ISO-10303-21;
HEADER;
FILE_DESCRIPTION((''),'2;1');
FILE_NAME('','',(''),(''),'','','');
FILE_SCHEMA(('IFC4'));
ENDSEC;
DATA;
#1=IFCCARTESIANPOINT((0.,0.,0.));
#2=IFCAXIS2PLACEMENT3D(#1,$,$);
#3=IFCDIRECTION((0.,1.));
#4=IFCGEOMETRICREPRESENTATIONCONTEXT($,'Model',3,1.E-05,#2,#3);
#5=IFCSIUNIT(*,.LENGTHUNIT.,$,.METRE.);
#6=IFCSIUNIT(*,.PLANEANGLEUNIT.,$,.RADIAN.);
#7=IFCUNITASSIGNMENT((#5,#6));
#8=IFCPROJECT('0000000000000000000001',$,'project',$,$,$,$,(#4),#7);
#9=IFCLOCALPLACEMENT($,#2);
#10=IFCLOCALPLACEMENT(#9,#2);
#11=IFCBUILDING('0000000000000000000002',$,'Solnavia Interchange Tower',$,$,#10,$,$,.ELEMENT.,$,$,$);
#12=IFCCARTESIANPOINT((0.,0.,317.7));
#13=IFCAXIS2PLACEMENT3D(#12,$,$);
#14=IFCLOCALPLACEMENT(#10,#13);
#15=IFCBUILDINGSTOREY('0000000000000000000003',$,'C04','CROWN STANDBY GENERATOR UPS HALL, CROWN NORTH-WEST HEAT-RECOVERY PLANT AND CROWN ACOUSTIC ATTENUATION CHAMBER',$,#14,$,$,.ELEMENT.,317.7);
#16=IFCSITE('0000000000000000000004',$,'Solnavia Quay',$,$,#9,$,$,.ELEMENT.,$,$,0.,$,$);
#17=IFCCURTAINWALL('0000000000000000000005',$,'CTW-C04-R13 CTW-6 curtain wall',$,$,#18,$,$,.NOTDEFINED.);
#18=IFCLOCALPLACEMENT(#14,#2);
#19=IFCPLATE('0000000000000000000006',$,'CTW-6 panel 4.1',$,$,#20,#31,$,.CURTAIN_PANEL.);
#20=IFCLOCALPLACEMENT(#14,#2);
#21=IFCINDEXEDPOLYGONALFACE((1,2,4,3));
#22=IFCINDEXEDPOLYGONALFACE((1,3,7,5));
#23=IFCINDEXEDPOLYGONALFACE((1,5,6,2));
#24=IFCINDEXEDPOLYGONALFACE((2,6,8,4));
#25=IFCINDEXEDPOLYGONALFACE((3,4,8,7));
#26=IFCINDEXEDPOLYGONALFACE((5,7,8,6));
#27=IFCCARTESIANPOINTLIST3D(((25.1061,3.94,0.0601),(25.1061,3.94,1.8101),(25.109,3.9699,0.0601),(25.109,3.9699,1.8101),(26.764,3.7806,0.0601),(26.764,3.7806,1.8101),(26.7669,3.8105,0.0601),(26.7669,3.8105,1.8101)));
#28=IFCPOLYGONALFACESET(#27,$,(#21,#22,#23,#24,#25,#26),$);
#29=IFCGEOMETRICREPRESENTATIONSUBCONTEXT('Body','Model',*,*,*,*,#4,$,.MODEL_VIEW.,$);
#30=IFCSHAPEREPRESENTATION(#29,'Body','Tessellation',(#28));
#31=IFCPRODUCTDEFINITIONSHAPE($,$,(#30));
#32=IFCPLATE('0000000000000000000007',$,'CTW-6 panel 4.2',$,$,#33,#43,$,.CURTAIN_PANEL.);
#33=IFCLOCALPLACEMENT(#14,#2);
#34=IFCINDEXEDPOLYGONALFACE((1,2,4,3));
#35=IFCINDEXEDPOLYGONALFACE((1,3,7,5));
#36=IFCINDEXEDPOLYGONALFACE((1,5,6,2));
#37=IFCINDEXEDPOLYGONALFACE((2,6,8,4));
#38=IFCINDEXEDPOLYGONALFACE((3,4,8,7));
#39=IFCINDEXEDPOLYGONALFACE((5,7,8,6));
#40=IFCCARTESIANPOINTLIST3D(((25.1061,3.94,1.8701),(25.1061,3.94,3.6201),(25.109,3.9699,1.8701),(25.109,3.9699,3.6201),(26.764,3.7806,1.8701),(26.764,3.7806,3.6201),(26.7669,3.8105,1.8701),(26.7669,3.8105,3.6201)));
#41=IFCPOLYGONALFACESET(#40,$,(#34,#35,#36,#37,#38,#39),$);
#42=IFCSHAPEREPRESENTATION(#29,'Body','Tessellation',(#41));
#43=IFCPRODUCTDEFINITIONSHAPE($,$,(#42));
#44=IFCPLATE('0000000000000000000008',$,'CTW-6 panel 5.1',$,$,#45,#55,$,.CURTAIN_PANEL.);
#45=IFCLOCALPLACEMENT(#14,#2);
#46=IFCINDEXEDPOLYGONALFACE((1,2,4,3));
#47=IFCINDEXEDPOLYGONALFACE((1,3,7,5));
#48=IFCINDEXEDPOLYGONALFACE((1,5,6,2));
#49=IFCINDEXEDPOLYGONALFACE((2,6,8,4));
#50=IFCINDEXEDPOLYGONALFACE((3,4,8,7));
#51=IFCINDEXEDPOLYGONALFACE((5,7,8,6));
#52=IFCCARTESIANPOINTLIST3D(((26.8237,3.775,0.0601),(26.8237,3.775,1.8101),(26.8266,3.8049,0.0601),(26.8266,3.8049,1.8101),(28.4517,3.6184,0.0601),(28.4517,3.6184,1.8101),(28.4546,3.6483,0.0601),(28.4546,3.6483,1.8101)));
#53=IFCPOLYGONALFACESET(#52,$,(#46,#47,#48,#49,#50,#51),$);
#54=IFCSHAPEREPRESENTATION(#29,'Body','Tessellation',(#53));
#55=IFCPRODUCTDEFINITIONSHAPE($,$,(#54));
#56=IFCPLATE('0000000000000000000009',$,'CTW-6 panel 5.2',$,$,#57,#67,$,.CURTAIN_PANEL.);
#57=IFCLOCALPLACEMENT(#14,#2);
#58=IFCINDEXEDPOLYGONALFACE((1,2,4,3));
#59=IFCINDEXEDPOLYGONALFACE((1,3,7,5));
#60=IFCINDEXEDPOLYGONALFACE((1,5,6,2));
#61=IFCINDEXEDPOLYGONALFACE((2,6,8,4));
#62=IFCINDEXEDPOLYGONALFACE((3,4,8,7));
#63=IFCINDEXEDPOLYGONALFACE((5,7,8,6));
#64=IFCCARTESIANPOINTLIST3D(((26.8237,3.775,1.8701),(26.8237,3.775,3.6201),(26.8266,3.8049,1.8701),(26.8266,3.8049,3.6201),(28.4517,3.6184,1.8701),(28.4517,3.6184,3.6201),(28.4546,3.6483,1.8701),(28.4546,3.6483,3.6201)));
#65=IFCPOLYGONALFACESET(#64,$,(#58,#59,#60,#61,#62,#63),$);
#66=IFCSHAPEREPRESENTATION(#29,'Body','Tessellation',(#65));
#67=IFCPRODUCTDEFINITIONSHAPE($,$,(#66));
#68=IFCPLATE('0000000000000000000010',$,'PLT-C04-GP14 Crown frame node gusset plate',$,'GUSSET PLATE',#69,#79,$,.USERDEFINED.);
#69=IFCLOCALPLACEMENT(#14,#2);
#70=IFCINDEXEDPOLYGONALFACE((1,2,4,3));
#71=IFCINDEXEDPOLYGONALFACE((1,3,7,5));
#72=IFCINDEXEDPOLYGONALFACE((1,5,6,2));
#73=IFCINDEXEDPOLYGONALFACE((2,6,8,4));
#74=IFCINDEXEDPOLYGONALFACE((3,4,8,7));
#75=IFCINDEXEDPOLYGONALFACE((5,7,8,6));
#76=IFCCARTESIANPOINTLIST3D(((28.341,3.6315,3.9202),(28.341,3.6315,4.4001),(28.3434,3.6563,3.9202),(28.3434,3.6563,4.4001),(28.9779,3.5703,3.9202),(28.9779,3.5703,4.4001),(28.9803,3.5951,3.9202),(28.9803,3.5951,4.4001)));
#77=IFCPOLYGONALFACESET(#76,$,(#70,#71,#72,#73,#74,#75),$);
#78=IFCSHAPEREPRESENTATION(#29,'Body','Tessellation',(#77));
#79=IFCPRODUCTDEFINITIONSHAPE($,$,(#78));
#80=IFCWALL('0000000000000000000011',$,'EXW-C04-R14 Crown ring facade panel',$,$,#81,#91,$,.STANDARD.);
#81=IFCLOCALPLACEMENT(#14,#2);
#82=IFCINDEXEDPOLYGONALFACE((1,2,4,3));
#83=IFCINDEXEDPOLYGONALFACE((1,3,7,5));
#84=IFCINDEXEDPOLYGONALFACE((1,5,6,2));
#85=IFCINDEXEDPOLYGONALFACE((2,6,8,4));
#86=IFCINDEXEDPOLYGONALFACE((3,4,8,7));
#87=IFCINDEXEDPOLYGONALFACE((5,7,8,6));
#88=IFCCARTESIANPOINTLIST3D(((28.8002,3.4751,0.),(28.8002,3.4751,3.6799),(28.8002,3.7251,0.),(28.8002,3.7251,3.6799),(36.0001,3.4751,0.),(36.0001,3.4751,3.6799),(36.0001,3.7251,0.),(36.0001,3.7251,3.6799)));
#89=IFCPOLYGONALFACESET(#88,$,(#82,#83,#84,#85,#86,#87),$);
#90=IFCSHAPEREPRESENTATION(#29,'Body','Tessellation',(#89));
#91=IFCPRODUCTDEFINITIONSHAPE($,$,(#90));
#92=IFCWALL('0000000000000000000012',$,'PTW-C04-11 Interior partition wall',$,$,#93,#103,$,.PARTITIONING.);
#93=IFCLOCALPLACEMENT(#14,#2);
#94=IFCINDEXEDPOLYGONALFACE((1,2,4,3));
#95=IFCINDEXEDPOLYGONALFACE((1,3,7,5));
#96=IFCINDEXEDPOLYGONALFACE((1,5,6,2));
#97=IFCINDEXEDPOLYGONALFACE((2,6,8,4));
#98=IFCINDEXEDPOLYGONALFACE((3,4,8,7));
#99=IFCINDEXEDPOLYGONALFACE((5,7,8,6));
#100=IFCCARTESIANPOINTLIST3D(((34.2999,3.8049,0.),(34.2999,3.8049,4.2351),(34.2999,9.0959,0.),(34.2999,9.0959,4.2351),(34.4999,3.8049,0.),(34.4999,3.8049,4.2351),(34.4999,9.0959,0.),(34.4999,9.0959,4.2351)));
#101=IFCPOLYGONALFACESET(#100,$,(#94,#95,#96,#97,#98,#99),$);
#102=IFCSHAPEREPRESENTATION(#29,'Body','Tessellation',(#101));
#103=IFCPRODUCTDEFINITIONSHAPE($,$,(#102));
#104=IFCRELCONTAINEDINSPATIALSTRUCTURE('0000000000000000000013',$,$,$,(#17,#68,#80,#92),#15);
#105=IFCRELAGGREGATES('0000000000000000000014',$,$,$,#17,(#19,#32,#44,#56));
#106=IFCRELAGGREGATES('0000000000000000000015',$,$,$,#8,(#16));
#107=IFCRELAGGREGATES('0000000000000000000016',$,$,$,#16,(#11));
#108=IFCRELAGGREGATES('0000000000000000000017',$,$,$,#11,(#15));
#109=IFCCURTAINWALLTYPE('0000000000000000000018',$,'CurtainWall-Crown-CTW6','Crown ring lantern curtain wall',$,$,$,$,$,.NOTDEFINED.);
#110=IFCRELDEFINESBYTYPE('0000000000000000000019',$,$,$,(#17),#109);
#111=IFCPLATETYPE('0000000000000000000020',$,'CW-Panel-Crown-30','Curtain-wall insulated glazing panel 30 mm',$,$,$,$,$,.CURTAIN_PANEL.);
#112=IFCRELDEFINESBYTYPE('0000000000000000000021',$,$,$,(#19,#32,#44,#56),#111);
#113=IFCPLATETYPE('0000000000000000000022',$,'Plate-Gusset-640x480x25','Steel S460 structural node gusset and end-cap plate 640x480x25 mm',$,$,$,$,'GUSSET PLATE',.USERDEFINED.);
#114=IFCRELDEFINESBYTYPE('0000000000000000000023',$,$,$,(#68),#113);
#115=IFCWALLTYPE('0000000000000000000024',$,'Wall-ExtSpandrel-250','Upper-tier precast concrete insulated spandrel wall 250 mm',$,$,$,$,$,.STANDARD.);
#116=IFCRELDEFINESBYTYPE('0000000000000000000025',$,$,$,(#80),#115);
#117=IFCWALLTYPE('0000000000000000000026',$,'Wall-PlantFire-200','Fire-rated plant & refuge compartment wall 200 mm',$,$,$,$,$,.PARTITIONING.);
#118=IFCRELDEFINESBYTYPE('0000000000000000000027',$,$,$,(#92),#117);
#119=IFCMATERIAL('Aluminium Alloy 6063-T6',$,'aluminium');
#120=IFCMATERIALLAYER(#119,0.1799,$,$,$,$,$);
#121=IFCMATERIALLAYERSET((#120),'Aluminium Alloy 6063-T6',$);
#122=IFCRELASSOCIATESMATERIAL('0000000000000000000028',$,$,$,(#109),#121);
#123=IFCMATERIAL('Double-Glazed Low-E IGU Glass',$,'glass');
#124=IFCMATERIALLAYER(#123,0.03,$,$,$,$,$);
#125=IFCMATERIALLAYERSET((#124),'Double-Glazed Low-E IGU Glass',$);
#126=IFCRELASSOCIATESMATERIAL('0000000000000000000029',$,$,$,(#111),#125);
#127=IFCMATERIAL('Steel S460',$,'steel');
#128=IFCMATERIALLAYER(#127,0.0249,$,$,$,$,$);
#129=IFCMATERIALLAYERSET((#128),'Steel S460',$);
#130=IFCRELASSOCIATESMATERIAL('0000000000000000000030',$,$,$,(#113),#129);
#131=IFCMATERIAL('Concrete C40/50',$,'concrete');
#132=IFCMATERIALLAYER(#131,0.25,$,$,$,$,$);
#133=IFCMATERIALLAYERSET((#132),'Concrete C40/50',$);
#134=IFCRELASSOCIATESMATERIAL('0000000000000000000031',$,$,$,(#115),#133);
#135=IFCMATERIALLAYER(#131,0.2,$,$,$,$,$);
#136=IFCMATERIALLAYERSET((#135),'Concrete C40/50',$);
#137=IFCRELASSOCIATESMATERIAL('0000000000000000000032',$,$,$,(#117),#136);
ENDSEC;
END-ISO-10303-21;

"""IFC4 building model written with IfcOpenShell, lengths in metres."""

from ifc_helpers import new_model, si_unit, direction, frame, frame_2d, origin, origin_2d, place, context, subcontext, project, spatial, rectangle, extrude, material, layer, layer_set, type_object, element, aggregate, save


model = new_model("IFC4")

# Units and contexts
model_context = context("Model", 3, precision=1e-05, world=origin(), true_north=direction((0.0, 1.0)))
body_context = subcontext(model_context, "Body", "Model", "MODEL_VIEW")
ifc_project = project(units=[si_unit("LENGTHUNIT", "METRE"), si_unit("PLANEANGLEUNIT", "RADIAN")], contexts=[model_context])

# Site, building, storey
site_placement = place(None, origin())
site = spatial("IfcSite", under=ifc_project, at=site_placement, Name="Solnavia Quay", CompositionType="ELEMENT", RefElevation=0.0)
building_placement = place(site_placement, origin())
building = spatial("IfcBuilding", under=site, at=building_placement, Name="Solnavia Interchange Tower", CompositionType="ELEMENT")
storey_placement = place(building_placement, frame((0.0, 0.0, 317.7)))
storey = spatial("IfcBuildingStorey", under=building, at=storey_placement, Name="C04", Description="CROWN STANDBY GENERATOR UPS HALL, CROWN NORTH-WEST HEAT-RECOVERY PLANT AND CROWN ACOUSTIC ATTENUATION CHAMBER", CompositionType="ELEMENT", Elevation=317.7)

# Shared definitions
ifc_material_1 = material(Name="Steel S460", Category="steel")

# Curtain wall
ifc_material_2 = material(Name="Aluminium Alloy 6063-T6", Category="aluminium")
ifc_layer_1 = layer(ifc_material_2, 0.1799)
ifc_layer_set_1 = layer_set([ifc_layer_1], Name="Aluminium Alloy 6063-T6")
curtain_wall_type = type_object("IfcCurtainWallType", Name="CurtainWall-Crown-CTW6", Description="Crown ring lantern curtain wall", PredefinedType="NOTDEFINED", material=ifc_layer_set_1)
curtain_wall_placement = place(storey_placement, origin())
curtain_wall = element("IfcCurtainWall", 1, at=curtain_wall_placement, inside=storey, type_object=curtain_wall_type, Name="CTW-C04-R13 CTW-6 curtain wall", PredefinedType="NOTDEFINED")

# Plates
ifc_material_3 = material(Name="Double-Glazed Low-E IGU Glass", Category="glass")
ifc_layer_2 = layer(ifc_material_3, 0.03)
ifc_layer_set_2 = layer_set([ifc_layer_2], Name="Double-Glazed Low-E IGU Glass")
plate_type_1 = type_object("IfcPlateType", Name="CW-Panel-Crown-30", Description="Curtain-wall insulated glazing panel 30 mm", PredefinedType="CURTAIN_PANEL", material=ifc_layer_set_2)
plate_1_placement = place(storey_placement, frame((25.9365, 3.8752, 0.0601), z_axis=(0.0, 0.0, 1.0), x_axis=(0.995408, -0.09572, 0.0)))
plate_1 = element("IfcPlate", 2, at=plate_1_placement, type_object=plate_type_1, Name="CTW-6 panel 4.1", PredefinedType="CURTAIN_PANEL", context=body_context, shape_type="SweptSolid", body=[
    extrude(rectangle(XDim=1.6655, YDim=0.03, at=origin_2d()), origin(), (0.0, 0.0, 1.0), 1.75),
])
plate_2_placement = place(storey_placement, frame((25.9365, 3.8752, 1.8701), z_axis=(0.0, 0.0, 1.0), x_axis=(0.995408, -0.09572, 0.0)))
plate_2 = element("IfcPlate", 3, at=plate_2_placement, type_object=plate_type_1, Name="CTW-6 panel 4.2", PredefinedType="CURTAIN_PANEL", context=body_context, shape_type="SweptSolid", body=[
    extrude(rectangle(XDim=1.6655, YDim=0.03, at=origin_2d()), origin(), (0.0, 0.0, 1.0), 1.75),
])
plate_3_placement = place(storey_placement, frame((27.6392, 3.7117, 0.0601), z_axis=(0.0, 0.0, 1.0), x_axis=(0.995408, -0.09572, 0.0)))
plate_3 = element("IfcPlate", 4, at=plate_3_placement, type_object=plate_type_1, Name="CTW-6 panel 5.1", PredefinedType="CURTAIN_PANEL", context=body_context, shape_type="SweptSolid", body=[
    extrude(rectangle(XDim=1.6355, YDim=0.03, at=origin_2d()), origin(), (0.0, 0.0, 1.0), 1.75),
])
plate_4_placement = place(storey_placement, frame((27.6392, 3.7117, 1.8701), z_axis=(0.0, 0.0, 1.0), x_axis=(0.995408, -0.09572, 0.0)))
plate_4 = element("IfcPlate", 5, at=plate_4_placement, type_object=plate_type_1, Name="CTW-6 panel 5.2", PredefinedType="CURTAIN_PANEL", context=body_context, shape_type="SweptSolid", body=[
    extrude(rectangle(XDim=1.6355, YDim=0.03, at=origin_2d()), origin(), (0.0, 0.0, 1.0), 1.75),
])
aggregate(curtain_wall, [plate_1, plate_2, plate_3, plate_4])
ifc_layer_3 = layer(ifc_material_1, 0.0249)
ifc_layer_set_3 = layer_set([ifc_layer_3], Name="Steel S460")
plate_type_2 = type_object("IfcPlateType", Name="Plate-Gusset-640x480x25", Description="Steel S460 structural node gusset and end-cap plate 640x480x25 mm", ElementType="GUSSET PLATE", PredefinedType="USERDEFINED", material=ifc_layer_set_3)
plate_5_placement = place(storey_placement, frame((28.6606, 3.6133, 3.9202), z_axis=(0.0, 0.0, 1.0), x_axis=(0.995413, -0.095672, 0.0)))
element("IfcPlate", 6, at=plate_5_placement, inside=storey, type_object=plate_type_2, Name="PLT-C04-GP14 Crown frame node gusset plate", ObjectType="GUSSET PLATE", PredefinedType="USERDEFINED", context=body_context, shape_type="SweptSolid", body=[
    extrude(rectangle(XDim=0.6399, YDim=0.0249, at=origin_2d()), origin(), (0.0, 0.0, 1.0), 0.48),
])

# Walls
ifc_material_4 = material(Name="Concrete C40/50", Category="concrete")
ifc_layer_4 = layer(ifc_material_4, 0.25)
ifc_layer_set_4 = layer_set([ifc_layer_4], Name="Concrete C40/50")
wall_type_1 = type_object("IfcWallType", Name="Wall-ExtSpandrel-250", Description="Upper-tier precast concrete insulated spandrel wall 250 mm", PredefinedType="STANDARD", material=ifc_layer_set_4)
wall_1_placement = place(storey_placement, frame((28.8, 3.6001, 0.0), z_axis=(0.0, 0.0, 1.0), x_axis=(1.0, 0.0, 0.0)))
element("IfcWall", 7, at=wall_1_placement, inside=storey, type_object=wall_type_1, Name="EXW-C04-R14 Crown ring facade panel", PredefinedType="STANDARD", context=body_context, shape_type="SweptSolid", body=[
    extrude(rectangle(XDim=7.2, YDim=0.25, at=frame_2d((3.6001, 0.0))), origin(), (0.0, 0.0, 1.0), 3.6799),
])
ifc_layer_5 = layer(ifc_material_4, 0.2)
ifc_layer_set_5 = layer_set([ifc_layer_5], Name="Concrete C40/50")
wall_type_2 = type_object("IfcWallType", Name="Wall-PlantFire-200", Description="Fire-rated plant & refuge compartment wall 200 mm", PredefinedType="PARTITIONING", material=ifc_layer_set_5)
wall_2_placement = place(storey_placement, frame((34.3999, 3.8049, 0.0), z_axis=(0.0, 0.0, 1.0), x_axis=(0.0, 1.0, 0.0)))
element("IfcWall", 8, at=wall_2_placement, inside=storey, type_object=wall_type_2, Name="PTW-C04-11 Interior partition wall", PredefinedType="PARTITIONING", context=body_context, shape_type="SweptSolid", body=[
    extrude(rectangle(XDim=5.291, YDim=0.2, at=frame_2d((2.6455, 0.0))), origin(), (0.0, 0.0, 1.0), 4.2351),
])

save(model, "model.ifc")
